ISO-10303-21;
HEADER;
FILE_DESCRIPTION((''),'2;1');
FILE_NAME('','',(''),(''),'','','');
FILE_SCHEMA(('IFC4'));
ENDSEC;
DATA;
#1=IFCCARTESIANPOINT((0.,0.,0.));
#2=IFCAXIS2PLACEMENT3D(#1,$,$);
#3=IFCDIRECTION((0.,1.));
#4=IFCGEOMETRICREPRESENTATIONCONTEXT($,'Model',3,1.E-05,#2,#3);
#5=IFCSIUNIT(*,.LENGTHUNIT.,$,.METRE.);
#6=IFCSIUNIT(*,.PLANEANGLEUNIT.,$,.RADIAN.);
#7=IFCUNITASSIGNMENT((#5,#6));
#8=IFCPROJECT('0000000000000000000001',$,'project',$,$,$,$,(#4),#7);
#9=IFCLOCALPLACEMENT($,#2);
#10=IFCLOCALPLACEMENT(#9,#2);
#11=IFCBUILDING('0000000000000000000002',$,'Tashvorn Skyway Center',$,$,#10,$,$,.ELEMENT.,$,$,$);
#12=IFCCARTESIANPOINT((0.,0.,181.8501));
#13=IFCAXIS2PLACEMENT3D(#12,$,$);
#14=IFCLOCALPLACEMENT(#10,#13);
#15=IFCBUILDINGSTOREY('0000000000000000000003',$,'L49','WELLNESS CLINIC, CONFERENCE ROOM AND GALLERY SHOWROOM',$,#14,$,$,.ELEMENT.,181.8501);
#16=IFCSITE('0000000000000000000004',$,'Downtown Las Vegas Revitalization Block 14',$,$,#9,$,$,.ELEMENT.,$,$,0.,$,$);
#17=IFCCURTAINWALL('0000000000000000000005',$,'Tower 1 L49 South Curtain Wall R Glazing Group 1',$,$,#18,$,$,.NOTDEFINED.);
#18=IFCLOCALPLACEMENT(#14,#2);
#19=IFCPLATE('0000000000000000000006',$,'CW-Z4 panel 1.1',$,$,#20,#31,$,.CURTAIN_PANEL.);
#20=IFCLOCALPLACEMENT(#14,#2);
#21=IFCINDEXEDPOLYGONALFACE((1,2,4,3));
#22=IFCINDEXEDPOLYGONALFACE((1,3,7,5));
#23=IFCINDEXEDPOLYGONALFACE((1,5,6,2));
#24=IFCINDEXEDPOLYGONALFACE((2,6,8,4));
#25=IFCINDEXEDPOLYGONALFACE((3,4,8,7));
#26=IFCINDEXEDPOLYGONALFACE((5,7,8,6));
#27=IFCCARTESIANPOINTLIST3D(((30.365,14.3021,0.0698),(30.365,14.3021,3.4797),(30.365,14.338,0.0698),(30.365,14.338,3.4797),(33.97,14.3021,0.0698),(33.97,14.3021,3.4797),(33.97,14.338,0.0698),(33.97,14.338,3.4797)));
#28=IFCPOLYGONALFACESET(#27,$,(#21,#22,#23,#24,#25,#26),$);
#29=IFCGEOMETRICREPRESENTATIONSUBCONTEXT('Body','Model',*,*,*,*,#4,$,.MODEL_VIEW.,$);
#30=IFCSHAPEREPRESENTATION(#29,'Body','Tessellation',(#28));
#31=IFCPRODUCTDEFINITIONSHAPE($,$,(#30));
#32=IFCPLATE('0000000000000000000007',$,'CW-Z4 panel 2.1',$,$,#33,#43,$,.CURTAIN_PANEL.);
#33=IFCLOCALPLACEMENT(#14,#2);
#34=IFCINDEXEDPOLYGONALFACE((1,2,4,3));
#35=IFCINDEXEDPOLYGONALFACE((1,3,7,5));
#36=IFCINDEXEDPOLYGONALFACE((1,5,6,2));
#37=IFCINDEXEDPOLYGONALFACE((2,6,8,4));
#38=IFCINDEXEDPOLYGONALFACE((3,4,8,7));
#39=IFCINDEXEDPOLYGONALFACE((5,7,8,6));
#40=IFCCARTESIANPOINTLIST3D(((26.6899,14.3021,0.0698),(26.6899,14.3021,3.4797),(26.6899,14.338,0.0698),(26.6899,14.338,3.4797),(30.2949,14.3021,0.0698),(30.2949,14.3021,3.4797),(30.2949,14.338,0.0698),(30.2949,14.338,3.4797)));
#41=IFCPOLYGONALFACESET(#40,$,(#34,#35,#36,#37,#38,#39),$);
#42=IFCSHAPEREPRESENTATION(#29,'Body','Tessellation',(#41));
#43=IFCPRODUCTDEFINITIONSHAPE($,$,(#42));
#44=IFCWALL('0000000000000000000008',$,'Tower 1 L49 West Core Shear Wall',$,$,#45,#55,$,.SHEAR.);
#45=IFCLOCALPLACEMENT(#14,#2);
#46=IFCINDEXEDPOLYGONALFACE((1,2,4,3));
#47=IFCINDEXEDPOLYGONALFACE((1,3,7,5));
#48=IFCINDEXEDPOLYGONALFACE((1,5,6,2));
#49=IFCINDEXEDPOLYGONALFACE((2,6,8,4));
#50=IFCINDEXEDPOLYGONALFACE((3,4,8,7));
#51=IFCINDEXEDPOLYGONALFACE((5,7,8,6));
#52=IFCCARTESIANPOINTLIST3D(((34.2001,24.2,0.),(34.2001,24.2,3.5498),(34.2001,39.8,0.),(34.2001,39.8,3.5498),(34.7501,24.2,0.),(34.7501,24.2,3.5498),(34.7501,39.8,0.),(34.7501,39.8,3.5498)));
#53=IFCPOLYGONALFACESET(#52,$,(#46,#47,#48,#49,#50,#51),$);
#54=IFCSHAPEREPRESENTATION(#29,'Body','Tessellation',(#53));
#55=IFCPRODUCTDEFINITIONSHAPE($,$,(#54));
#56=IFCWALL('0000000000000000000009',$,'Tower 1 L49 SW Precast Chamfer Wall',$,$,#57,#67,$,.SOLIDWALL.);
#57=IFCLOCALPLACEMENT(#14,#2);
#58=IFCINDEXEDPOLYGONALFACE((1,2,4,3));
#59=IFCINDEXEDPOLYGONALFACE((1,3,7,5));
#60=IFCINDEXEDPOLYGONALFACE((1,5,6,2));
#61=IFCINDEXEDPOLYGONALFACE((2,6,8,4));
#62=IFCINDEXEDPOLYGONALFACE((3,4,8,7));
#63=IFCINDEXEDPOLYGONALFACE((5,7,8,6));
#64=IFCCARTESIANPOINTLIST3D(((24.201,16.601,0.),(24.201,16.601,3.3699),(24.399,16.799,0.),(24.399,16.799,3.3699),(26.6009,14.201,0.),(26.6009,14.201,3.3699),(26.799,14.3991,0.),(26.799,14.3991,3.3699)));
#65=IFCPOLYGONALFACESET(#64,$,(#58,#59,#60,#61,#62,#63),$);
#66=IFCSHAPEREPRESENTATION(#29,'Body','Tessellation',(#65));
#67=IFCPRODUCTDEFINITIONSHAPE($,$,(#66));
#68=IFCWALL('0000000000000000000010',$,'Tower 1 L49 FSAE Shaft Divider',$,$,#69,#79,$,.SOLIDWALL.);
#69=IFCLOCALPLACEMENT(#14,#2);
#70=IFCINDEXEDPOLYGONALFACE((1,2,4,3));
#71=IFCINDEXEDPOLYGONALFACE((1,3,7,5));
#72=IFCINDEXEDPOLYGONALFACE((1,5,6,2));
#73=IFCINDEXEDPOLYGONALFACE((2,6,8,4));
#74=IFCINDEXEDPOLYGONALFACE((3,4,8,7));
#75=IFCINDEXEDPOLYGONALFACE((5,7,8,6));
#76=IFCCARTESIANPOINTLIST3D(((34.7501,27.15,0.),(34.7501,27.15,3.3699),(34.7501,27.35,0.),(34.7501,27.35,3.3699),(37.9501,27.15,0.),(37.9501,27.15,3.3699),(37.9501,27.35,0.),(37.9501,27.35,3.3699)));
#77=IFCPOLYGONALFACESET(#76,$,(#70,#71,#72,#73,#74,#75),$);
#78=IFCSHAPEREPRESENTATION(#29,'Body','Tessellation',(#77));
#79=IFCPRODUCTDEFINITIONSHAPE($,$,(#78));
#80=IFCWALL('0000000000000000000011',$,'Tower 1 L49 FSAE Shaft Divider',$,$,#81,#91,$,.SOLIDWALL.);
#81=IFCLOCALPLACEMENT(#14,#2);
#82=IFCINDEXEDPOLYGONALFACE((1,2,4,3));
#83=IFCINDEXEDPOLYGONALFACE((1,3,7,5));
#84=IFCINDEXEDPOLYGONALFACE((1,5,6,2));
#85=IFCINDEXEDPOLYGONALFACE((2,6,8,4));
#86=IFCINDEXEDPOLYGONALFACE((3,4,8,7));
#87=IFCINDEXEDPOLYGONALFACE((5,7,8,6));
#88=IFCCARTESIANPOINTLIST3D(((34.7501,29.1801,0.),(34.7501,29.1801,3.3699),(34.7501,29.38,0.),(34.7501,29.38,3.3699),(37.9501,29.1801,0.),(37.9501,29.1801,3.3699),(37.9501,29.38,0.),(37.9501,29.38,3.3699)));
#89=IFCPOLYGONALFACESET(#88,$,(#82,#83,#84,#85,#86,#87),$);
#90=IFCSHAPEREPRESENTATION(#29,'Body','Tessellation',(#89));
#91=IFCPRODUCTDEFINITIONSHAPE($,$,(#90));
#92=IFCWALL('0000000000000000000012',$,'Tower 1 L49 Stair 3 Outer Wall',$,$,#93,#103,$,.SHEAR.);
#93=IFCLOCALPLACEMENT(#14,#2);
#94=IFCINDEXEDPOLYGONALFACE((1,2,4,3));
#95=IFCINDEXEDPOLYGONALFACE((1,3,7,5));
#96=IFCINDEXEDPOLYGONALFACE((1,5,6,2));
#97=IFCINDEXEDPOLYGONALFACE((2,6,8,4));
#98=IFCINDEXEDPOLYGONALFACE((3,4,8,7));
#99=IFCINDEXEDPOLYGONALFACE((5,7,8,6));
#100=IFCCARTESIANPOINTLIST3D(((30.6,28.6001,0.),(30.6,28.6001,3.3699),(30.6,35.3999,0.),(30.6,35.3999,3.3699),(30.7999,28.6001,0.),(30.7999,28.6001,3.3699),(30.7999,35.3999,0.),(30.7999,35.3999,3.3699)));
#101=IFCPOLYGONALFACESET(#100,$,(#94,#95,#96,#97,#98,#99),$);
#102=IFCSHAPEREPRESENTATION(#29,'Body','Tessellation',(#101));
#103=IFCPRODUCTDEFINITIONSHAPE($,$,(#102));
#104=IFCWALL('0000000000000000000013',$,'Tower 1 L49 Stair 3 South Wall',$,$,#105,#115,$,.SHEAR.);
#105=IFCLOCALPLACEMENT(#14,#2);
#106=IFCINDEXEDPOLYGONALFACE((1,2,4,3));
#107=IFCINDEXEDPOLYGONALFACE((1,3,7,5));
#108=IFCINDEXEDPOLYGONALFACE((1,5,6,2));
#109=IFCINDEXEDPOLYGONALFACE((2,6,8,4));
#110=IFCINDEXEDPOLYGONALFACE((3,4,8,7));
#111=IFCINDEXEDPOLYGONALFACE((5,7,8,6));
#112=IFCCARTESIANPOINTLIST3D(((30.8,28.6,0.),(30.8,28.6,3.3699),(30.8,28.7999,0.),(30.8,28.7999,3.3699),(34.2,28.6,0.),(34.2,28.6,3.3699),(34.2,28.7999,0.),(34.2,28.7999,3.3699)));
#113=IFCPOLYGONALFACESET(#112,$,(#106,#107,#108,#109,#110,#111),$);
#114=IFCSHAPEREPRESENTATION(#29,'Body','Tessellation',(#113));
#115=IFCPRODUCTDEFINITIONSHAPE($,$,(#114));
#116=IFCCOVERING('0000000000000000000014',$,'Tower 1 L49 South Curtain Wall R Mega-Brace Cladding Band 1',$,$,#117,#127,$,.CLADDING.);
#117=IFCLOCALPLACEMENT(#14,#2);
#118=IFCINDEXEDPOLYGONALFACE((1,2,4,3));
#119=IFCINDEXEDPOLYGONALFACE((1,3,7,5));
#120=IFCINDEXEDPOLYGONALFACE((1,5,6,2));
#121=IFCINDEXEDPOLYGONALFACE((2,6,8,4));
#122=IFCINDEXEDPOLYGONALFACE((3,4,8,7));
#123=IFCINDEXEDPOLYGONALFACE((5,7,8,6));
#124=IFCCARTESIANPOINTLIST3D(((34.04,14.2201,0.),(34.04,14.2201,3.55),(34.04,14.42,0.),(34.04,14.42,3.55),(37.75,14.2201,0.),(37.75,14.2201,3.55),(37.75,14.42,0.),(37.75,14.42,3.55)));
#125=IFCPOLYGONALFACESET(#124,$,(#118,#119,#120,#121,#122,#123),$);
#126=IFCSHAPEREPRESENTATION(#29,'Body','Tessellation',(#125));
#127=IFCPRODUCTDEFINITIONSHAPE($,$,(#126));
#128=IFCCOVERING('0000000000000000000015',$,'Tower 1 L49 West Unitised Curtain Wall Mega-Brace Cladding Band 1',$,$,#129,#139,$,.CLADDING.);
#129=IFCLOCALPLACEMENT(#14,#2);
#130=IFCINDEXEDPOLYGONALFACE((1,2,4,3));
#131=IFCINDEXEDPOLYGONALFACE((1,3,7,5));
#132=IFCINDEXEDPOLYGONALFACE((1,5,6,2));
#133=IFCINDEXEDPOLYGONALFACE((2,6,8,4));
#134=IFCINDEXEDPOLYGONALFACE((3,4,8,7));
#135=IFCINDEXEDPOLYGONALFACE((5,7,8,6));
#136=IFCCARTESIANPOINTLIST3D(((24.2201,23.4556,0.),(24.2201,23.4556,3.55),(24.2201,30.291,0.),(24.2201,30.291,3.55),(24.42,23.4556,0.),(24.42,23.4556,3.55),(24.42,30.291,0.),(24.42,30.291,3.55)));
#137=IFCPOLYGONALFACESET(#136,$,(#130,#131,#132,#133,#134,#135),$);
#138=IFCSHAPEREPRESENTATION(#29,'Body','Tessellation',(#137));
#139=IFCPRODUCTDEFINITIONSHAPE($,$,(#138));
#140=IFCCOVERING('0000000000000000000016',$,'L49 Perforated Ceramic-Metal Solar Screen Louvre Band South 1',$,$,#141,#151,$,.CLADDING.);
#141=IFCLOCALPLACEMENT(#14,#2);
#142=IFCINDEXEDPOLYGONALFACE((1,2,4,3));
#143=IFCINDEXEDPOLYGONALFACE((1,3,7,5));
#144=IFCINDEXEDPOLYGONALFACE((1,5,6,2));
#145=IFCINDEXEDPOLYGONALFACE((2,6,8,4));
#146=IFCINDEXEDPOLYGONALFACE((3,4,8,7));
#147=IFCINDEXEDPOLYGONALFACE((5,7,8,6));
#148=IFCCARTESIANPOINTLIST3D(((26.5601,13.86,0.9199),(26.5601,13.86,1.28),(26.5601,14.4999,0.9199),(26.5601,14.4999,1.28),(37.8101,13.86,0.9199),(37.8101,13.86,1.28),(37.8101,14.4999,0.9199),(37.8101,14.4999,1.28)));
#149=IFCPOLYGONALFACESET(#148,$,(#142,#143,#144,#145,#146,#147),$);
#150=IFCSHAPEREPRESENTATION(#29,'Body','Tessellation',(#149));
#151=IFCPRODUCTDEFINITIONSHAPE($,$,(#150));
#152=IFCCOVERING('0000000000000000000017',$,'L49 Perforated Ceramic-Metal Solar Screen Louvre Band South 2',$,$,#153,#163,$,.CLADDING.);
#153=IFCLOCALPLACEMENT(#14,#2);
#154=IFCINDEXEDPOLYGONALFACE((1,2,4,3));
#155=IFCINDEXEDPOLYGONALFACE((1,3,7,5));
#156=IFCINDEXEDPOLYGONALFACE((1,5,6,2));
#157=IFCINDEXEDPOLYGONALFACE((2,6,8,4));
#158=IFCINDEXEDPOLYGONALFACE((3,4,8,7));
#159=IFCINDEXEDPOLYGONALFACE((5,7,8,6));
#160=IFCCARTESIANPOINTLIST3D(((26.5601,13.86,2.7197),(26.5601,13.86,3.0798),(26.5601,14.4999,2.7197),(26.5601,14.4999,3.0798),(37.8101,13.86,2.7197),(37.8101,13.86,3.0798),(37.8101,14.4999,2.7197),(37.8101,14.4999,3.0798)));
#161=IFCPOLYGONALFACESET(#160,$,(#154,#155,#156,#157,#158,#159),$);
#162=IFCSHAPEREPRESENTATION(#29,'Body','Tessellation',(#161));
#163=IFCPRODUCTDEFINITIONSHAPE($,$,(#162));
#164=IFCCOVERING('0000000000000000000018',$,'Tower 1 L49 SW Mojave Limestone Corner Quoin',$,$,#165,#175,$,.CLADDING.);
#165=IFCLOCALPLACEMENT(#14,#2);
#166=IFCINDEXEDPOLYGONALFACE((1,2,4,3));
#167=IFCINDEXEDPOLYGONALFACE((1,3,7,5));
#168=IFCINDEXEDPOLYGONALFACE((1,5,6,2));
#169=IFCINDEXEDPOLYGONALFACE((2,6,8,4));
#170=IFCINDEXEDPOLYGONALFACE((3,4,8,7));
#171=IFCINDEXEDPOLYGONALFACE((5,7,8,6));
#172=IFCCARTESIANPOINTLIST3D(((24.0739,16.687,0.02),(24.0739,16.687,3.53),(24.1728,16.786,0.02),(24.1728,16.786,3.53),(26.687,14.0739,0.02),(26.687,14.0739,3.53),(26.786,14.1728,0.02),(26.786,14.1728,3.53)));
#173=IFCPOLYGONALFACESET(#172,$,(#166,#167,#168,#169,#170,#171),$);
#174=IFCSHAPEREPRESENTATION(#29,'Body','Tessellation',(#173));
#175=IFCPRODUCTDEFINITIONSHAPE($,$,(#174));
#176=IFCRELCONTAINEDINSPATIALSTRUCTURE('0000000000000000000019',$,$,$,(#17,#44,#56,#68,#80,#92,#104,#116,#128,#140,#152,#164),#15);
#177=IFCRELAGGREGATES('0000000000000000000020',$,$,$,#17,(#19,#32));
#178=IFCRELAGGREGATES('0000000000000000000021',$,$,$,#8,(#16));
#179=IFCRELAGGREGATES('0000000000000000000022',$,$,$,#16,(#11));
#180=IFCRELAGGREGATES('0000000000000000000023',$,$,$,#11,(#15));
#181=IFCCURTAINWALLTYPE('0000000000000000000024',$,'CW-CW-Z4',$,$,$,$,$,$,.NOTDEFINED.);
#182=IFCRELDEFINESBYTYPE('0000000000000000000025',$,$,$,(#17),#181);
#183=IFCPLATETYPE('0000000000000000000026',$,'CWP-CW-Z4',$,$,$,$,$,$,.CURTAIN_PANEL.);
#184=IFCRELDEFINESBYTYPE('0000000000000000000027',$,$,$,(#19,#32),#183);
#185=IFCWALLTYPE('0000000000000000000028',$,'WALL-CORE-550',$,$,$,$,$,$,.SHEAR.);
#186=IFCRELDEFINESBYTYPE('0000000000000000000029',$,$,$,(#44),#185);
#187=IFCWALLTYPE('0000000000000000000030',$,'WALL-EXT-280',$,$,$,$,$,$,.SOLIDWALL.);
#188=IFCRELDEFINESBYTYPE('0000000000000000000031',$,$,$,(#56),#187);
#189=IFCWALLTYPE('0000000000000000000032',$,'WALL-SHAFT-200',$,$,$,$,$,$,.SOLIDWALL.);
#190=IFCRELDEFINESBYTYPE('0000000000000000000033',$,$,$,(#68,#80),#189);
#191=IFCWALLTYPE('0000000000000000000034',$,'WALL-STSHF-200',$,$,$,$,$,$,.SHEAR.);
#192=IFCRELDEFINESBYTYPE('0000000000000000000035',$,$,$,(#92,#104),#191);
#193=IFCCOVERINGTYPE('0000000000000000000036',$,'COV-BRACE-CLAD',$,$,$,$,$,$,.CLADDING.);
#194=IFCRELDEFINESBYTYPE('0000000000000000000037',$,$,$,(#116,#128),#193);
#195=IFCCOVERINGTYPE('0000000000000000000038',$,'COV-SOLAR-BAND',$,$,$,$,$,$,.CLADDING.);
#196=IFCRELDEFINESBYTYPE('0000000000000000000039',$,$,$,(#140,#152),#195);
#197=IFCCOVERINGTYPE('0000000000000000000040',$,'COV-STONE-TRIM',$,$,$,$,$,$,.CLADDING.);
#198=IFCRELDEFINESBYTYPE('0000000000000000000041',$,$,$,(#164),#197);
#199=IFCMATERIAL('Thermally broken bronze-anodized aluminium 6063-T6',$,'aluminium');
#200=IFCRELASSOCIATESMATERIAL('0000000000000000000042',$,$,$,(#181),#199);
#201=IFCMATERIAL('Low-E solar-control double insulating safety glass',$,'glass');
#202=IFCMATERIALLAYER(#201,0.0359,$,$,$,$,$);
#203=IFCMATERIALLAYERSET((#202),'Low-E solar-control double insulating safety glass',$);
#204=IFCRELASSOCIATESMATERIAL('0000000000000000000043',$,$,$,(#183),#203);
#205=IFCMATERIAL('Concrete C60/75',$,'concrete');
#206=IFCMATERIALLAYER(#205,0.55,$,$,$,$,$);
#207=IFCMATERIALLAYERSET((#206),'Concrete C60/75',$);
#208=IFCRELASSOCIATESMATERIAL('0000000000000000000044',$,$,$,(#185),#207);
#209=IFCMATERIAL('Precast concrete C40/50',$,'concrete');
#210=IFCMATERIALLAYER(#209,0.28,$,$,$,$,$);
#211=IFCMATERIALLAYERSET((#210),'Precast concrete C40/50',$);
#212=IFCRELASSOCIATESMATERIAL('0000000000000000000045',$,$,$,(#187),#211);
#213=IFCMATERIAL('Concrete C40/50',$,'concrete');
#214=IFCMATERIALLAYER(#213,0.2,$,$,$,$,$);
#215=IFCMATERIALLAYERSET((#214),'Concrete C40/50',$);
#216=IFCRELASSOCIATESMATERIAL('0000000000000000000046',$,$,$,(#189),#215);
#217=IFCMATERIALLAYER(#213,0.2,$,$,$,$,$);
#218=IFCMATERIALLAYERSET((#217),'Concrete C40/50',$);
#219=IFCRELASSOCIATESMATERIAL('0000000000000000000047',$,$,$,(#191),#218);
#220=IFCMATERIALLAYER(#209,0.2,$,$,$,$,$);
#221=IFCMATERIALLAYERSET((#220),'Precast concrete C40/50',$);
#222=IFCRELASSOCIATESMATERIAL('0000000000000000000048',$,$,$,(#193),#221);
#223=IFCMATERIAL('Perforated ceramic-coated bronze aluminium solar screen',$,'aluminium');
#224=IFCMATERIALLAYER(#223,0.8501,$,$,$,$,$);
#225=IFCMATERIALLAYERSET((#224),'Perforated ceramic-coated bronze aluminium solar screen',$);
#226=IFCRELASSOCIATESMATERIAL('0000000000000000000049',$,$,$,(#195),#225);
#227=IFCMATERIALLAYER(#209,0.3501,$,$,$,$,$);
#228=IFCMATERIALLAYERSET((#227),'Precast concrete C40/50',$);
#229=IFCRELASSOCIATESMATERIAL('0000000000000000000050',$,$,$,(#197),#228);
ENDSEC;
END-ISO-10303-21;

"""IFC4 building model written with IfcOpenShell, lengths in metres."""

from ifc_helpers import new_model, si_unit, direction, frame, frame_2d, origin, origin_2d, place, context, subcontext, project, spatial, rectangle, extrude, material, layer, layer_set, type_object, element, aggregate, save


model = new_model("IFC4")

# Units and contexts
model_context = context("Model", 3, precision=1e-05, world=origin(), true_north=direction((0.0, 1.0)))
body_context = subcontext(model_context, "Body", "Model", "MODEL_VIEW")
ifc_project = project(units=[si_unit("LENGTHUNIT", "METRE"), si_unit("PLANEANGLEUNIT", "RADIAN")], contexts=[model_context])

# Site, building, storey
site_placement = place(None, origin())
site = spatial("IfcSite", under=ifc_project, at=site_placement, Name="Downtown Las Vegas Revitalization Block 14", CompositionType="ELEMENT", RefElevation=0.0)
building_placement = place(site_placement, origin())
building = spatial("IfcBuilding", under=site, at=building_placement, Name="Tashvorn Skyway Center", CompositionType="ELEMENT")
storey_placement = place(building_placement, frame((0.0, 0.0, 181.8501)))
storey = spatial("IfcBuildingStorey", under=building, at=storey_placement, Name="L49", Description="WELLNESS CLINIC, CONFERENCE ROOM AND GALLERY SHOWROOM", CompositionType="ELEMENT", Elevation=181.8501)

# Curtain wall
ifc_material_1 = material(Name="Thermally broken bronze-anodized aluminium 6063-T6", Category="aluminium")
curtain_wall_type = type_object("IfcCurtainWallType", Name="CW-CW-Z4", PredefinedType="NOTDEFINED", material=ifc_material_1)
curtain_wall_1_placement = place(storey_placement, origin())
curtain_wall_1 = element("IfcCurtainWall", 1, at=curtain_wall_1_placement, inside=storey, type_object=curtain_wall_type, Name="Tower 1 L49 South Curtain Wall R Glazing Group 1", PredefinedType="NOTDEFINED")

# Plates
ifc_material_2 = material(Name="Low-E solar-control double insulating safety glass", Category="glass")
ifc_layer_1 = layer(ifc_material_2, 0.0359)
ifc_layer_set_1 = layer_set([ifc_layer_1], Name="Low-E solar-control double insulating safety glass")
plate_type = type_object("IfcPlateType", Name="CWP-CW-Z4", PredefinedType="CURTAIN_PANEL", material=ifc_layer_set_1)
plate_1_placement = place(storey_placement, frame((32.1675, 14.3201, 0.0698), z_axis=(0.0, 0.0, 1.0), x_axis=(-1.0, 0.0, 0.0)))
plate_1 = element("IfcPlate", 2, at=plate_1_placement, type_object=plate_type, Name="CW-Z4 panel 1.1", PredefinedType="CURTAIN_PANEL", context=body_context, shape_type="SweptSolid", body=[
    extrude(rectangle(XDim=3.605, YDim=0.0359, at=origin_2d()), origin(), (0.0, 0.0, 1.0), 3.4099),
])
plate_2_placement = place(storey_placement, frame((28.4924, 14.3201, 0.0698), z_axis=(0.0, 0.0, 1.0), x_axis=(-1.0, 0.0, 0.0)))
plate_2 = element("IfcPlate", 3, at=plate_2_placement, type_object=plate_type, Name="CW-Z4 panel 2.1", PredefinedType="CURTAIN_PANEL", context=body_context, shape_type="SweptSolid", body=[
    extrude(rectangle(XDim=3.605, YDim=0.0359, at=origin_2d()), origin(), (0.0, 0.0, 1.0), 3.4099),
])
aggregate(curtain_wall_1, [plate_1, plate_2])

# Walls
ifc_material_3 = material(Name="Concrete C60/75", Category="concrete")
ifc_layer_2 = layer(ifc_material_3, 0.55)
ifc_layer_set_2 = layer_set([ifc_layer_2], Name="Concrete C60/75")
wall_type_1 = type_object("IfcWallType", Name="WALL-CORE-550", PredefinedType="SHEAR", material=ifc_layer_set_2)
wall_1_placement = place(storey_placement, frame((34.4751, 24.2, 0.0), z_axis=(0.0, 0.0, 1.0), x_axis=(0.0, 1.0, 0.0)))
element("IfcWall", 4, at=wall_1_placement, inside=storey, type_object=wall_type_1, Name="Tower 1 L49 West Core Shear Wall", PredefinedType="SHEAR", context=body_context, shape_type="SweptSolid", body=[
    extrude(rectangle(XDim=15.6001, YDim=0.55, at=frame_2d((7.8, 0.0))), origin(), (0.0, 0.0, 1.0), 3.5498),
])
ifc_material_4 = material(Name="Precast concrete C40/50", Category="concrete")
ifc_layer_3 = layer(ifc_material_4, 0.28)
ifc_layer_set_3 = layer_set([ifc_layer_3], Name="Precast concrete C40/50")
wall_type_2 = type_object("IfcWallType", Name="WALL-EXT-280", PredefinedType="SOLIDWALL", material=ifc_layer_set_3)
wall_2_placement = place(storey_placement, frame((26.7, 14.3, 0.0), z_axis=(0.0, 0.0, 1.0), x_axis=(-0.707107, 0.707107, 0.0)))
element("IfcWall", 5, at=wall_2_placement, inside=storey, type_object=wall_type_2, Name="Tower 1 L49 SW Precast Chamfer Wall", PredefinedType="SOLIDWALL", context=body_context, shape_type="SweptSolid", body=[
    extrude(rectangle(XDim=3.394, YDim=0.28, at=frame_2d((1.697, 0.0))), origin(), (0.0, 0.0, 1.0), 3.3699),
])
ifc_material_5 = material(Name="Concrete C40/50", Category="concrete")
ifc_layer_4 = layer(ifc_material_5, 0.2)
ifc_layer_set_4 = layer_set([ifc_layer_4], Name="Concrete C40/50")
wall_type_3 = type_object("IfcWallType", Name="WALL-SHAFT-200", PredefinedType="SOLIDWALL", material=ifc_layer_set_4)
for number, where, z_axis, x_axis, name in (
    (6, (34.75, 27.25, 0.0), (0.0, 0.0, 1.0), (1.0, 0.0, 0.0), "Tower 1 L49 FSAE Shaft Divider"),
    (7, (34.75, 29.28, 0.0), (0.0, 0.0, 1.0), (1.0, 0.0, 0.0), "Tower 1 L49 FSAE Shaft Divider"),
):
    element("IfcWall", number, at=place(storey_placement, frame(where, z_axis=z_axis, x_axis=x_axis)), inside=storey, type_object=wall_type_3, Name=name, PredefinedType="SOLIDWALL", context=body_context, shape_type="SweptSolid", body=[
        extrude(rectangle(XDim=3.2, YDim=0.2, at=frame_2d((1.6001, 0.0))), origin(), (0.0, 0.0, 1.0), 3.3699),
    ])
ifc_layer_5 = layer(ifc_material_5, 0.2)
ifc_layer_set_5 = layer_set([ifc_layer_5], Name="Concrete C40/50")
wall_type_4 = type_object("IfcWallType", Name="WALL-STSHF-200", PredefinedType="SHEAR", material=ifc_layer_set_5)
wall_3_placement = place(storey_placement, frame((30.7, 28.6001, 0.0), z_axis=(0.0, 0.0, 1.0), x_axis=(0.0, 1.0, 0.0)))
element("IfcWall", 8, at=wall_3_placement, inside=storey, type_object=wall_type_4, Name="Tower 1 L49 Stair 3 Outer Wall", PredefinedType="SHEAR", context=body_context, shape_type="SweptSolid", body=[
    extrude(rectangle(XDim=6.7998, YDim=0.2, at=frame_2d((3.3999, 0.0))), origin(), (0.0, 0.0, 1.0), 3.3699),
])
wall_4_placement = place(storey_placement, frame((30.8, 28.7, 0.0), z_axis=(0.0, 0.0, 1.0), x_axis=(1.0, 0.0, 0.0)))
element("IfcWall", 9, at=wall_4_placement, inside=storey, type_object=wall_type_4, Name="Tower 1 L49 Stair 3 South Wall", PredefinedType="SHEAR", context=body_context, shape_type="SweptSolid", body=[
    extrude(rectangle(XDim=3.3999, YDim=0.2, at=frame_2d((1.7, 0.0))), origin(), (0.0, 0.0, 1.0), 3.3699),
])

# Coverings
ifc_layer_6 = layer(ifc_material_4, 0.2)
ifc_layer_set_6 = layer_set([ifc_layer_6], Name="Precast concrete C40/50")
covering_type_1 = type_object("IfcCoveringType", Name="COV-BRACE-CLAD", PredefinedType="CLADDING", material=ifc_layer_set_6)
covering_1_placement = place(storey_placement, frame((35.895, 14.3201, 0.0), z_axis=(0.0, 0.0, 1.0), x_axis=(-1.0, 0.0, 0.0)))
element("IfcCovering", 10, at=covering_1_placement, inside=storey, type_object=covering_type_1, Name="Tower 1 L49 South Curtain Wall R Mega-Brace Cladding Band 1", PredefinedType="CLADDING", context=body_context, shape_type="SweptSolid", body=[
    extrude(rectangle(XDim=3.71, YDim=0.2, at=origin_2d()), origin(), (0.0, 0.0, 1.0), 3.55),
])
covering_2_placement = place(storey_placement, frame((24.3201, 26.8733, 0.0), z_axis=(0.0, 0.0, 1.0), x_axis=(0.0, 1.0, 0.0)))
element("IfcCovering", 11, at=covering_2_placement, inside=storey, type_object=covering_type_1, Name="Tower 1 L49 West Unitised Curtain Wall Mega-Brace Cladding Band 1", PredefinedType="CLADDING", context=body_context, shape_type="SweptSolid", body=[
    extrude(rectangle(XDim=6.8354, YDim=0.2, at=origin_2d()), origin(), (0.0, 0.0, 1.0), 3.55),
])
ifc_material_6 = material(Name="Perforated ceramic-coated bronze aluminium solar screen", Category="aluminium")
ifc_layer_7 = layer(ifc_material_6, 0.8501)
ifc_layer_set_7 = layer_set([ifc_layer_7], Name="Perforated ceramic-coated bronze aluminium solar screen")
covering_type_2 = type_object("IfcCoveringType", Name="COV-SOLAR-BAND", PredefinedType="CLADDING", material=ifc_layer_set_7)
for number, where, z_axis, x_axis, name in (
    (12, (32.1851, 14.1799, 0.9199), (0.0, 0.0, 1.0), (-1.0, 0.0, 0.0), "L49 Perforated Ceramic-Metal Solar Screen Louvre Band South 1"),
    (13, (32.1851, 14.1799, 2.7197), (0.0, 0.0, 1.0), (-1.0, 0.0, 0.0), "L49 Perforated Ceramic-Metal Solar Screen Louvre Band South 2"),
):
    element("IfcCovering", number, at=place(storey_placement, frame(where, z_axis=z_axis, x_axis=x_axis)), inside=storey, type_object=covering_type_2, Name=name, PredefinedType="CLADDING", context=body_context, shape_type="SweptSolid", body=[
        extrude(rectangle(XDim=11.25, YDim=0.6399, at=origin_2d()), origin(), (0.0, 0.0, 1.0), 0.3601),
    ])
ifc_layer_8 = layer(ifc_material_4, 0.3501)
ifc_layer_set_8 = layer_set([ifc_layer_8], Name="Precast concrete C40/50")
covering_type_3 = type_object("IfcCoveringType", Name="COV-STONE-TRIM", PredefinedType="CLADDING", material=ifc_layer_set_8)
covering_3_placement = place(storey_placement, frame((25.4299, 15.4299, 0.02), z_axis=(0.0, 0.0, 1.0), x_axis=(-0.707107, 0.707107, 0.0)))
element("IfcCovering", 14, at=covering_3_placement, inside=storey, type_object=covering_type_3, Name="Tower 1 L49 SW Mojave Limestone Corner Quoin", PredefinedType="CLADDING", context=body_context, shape_type="SweptSolid", body=[
    extrude(rectangle(XDim=3.6956, YDim=0.1399, at=origin_2d()), origin(), (0.0, 0.0, 1.0), 3.51),
])

save(model, "model.ifc")
